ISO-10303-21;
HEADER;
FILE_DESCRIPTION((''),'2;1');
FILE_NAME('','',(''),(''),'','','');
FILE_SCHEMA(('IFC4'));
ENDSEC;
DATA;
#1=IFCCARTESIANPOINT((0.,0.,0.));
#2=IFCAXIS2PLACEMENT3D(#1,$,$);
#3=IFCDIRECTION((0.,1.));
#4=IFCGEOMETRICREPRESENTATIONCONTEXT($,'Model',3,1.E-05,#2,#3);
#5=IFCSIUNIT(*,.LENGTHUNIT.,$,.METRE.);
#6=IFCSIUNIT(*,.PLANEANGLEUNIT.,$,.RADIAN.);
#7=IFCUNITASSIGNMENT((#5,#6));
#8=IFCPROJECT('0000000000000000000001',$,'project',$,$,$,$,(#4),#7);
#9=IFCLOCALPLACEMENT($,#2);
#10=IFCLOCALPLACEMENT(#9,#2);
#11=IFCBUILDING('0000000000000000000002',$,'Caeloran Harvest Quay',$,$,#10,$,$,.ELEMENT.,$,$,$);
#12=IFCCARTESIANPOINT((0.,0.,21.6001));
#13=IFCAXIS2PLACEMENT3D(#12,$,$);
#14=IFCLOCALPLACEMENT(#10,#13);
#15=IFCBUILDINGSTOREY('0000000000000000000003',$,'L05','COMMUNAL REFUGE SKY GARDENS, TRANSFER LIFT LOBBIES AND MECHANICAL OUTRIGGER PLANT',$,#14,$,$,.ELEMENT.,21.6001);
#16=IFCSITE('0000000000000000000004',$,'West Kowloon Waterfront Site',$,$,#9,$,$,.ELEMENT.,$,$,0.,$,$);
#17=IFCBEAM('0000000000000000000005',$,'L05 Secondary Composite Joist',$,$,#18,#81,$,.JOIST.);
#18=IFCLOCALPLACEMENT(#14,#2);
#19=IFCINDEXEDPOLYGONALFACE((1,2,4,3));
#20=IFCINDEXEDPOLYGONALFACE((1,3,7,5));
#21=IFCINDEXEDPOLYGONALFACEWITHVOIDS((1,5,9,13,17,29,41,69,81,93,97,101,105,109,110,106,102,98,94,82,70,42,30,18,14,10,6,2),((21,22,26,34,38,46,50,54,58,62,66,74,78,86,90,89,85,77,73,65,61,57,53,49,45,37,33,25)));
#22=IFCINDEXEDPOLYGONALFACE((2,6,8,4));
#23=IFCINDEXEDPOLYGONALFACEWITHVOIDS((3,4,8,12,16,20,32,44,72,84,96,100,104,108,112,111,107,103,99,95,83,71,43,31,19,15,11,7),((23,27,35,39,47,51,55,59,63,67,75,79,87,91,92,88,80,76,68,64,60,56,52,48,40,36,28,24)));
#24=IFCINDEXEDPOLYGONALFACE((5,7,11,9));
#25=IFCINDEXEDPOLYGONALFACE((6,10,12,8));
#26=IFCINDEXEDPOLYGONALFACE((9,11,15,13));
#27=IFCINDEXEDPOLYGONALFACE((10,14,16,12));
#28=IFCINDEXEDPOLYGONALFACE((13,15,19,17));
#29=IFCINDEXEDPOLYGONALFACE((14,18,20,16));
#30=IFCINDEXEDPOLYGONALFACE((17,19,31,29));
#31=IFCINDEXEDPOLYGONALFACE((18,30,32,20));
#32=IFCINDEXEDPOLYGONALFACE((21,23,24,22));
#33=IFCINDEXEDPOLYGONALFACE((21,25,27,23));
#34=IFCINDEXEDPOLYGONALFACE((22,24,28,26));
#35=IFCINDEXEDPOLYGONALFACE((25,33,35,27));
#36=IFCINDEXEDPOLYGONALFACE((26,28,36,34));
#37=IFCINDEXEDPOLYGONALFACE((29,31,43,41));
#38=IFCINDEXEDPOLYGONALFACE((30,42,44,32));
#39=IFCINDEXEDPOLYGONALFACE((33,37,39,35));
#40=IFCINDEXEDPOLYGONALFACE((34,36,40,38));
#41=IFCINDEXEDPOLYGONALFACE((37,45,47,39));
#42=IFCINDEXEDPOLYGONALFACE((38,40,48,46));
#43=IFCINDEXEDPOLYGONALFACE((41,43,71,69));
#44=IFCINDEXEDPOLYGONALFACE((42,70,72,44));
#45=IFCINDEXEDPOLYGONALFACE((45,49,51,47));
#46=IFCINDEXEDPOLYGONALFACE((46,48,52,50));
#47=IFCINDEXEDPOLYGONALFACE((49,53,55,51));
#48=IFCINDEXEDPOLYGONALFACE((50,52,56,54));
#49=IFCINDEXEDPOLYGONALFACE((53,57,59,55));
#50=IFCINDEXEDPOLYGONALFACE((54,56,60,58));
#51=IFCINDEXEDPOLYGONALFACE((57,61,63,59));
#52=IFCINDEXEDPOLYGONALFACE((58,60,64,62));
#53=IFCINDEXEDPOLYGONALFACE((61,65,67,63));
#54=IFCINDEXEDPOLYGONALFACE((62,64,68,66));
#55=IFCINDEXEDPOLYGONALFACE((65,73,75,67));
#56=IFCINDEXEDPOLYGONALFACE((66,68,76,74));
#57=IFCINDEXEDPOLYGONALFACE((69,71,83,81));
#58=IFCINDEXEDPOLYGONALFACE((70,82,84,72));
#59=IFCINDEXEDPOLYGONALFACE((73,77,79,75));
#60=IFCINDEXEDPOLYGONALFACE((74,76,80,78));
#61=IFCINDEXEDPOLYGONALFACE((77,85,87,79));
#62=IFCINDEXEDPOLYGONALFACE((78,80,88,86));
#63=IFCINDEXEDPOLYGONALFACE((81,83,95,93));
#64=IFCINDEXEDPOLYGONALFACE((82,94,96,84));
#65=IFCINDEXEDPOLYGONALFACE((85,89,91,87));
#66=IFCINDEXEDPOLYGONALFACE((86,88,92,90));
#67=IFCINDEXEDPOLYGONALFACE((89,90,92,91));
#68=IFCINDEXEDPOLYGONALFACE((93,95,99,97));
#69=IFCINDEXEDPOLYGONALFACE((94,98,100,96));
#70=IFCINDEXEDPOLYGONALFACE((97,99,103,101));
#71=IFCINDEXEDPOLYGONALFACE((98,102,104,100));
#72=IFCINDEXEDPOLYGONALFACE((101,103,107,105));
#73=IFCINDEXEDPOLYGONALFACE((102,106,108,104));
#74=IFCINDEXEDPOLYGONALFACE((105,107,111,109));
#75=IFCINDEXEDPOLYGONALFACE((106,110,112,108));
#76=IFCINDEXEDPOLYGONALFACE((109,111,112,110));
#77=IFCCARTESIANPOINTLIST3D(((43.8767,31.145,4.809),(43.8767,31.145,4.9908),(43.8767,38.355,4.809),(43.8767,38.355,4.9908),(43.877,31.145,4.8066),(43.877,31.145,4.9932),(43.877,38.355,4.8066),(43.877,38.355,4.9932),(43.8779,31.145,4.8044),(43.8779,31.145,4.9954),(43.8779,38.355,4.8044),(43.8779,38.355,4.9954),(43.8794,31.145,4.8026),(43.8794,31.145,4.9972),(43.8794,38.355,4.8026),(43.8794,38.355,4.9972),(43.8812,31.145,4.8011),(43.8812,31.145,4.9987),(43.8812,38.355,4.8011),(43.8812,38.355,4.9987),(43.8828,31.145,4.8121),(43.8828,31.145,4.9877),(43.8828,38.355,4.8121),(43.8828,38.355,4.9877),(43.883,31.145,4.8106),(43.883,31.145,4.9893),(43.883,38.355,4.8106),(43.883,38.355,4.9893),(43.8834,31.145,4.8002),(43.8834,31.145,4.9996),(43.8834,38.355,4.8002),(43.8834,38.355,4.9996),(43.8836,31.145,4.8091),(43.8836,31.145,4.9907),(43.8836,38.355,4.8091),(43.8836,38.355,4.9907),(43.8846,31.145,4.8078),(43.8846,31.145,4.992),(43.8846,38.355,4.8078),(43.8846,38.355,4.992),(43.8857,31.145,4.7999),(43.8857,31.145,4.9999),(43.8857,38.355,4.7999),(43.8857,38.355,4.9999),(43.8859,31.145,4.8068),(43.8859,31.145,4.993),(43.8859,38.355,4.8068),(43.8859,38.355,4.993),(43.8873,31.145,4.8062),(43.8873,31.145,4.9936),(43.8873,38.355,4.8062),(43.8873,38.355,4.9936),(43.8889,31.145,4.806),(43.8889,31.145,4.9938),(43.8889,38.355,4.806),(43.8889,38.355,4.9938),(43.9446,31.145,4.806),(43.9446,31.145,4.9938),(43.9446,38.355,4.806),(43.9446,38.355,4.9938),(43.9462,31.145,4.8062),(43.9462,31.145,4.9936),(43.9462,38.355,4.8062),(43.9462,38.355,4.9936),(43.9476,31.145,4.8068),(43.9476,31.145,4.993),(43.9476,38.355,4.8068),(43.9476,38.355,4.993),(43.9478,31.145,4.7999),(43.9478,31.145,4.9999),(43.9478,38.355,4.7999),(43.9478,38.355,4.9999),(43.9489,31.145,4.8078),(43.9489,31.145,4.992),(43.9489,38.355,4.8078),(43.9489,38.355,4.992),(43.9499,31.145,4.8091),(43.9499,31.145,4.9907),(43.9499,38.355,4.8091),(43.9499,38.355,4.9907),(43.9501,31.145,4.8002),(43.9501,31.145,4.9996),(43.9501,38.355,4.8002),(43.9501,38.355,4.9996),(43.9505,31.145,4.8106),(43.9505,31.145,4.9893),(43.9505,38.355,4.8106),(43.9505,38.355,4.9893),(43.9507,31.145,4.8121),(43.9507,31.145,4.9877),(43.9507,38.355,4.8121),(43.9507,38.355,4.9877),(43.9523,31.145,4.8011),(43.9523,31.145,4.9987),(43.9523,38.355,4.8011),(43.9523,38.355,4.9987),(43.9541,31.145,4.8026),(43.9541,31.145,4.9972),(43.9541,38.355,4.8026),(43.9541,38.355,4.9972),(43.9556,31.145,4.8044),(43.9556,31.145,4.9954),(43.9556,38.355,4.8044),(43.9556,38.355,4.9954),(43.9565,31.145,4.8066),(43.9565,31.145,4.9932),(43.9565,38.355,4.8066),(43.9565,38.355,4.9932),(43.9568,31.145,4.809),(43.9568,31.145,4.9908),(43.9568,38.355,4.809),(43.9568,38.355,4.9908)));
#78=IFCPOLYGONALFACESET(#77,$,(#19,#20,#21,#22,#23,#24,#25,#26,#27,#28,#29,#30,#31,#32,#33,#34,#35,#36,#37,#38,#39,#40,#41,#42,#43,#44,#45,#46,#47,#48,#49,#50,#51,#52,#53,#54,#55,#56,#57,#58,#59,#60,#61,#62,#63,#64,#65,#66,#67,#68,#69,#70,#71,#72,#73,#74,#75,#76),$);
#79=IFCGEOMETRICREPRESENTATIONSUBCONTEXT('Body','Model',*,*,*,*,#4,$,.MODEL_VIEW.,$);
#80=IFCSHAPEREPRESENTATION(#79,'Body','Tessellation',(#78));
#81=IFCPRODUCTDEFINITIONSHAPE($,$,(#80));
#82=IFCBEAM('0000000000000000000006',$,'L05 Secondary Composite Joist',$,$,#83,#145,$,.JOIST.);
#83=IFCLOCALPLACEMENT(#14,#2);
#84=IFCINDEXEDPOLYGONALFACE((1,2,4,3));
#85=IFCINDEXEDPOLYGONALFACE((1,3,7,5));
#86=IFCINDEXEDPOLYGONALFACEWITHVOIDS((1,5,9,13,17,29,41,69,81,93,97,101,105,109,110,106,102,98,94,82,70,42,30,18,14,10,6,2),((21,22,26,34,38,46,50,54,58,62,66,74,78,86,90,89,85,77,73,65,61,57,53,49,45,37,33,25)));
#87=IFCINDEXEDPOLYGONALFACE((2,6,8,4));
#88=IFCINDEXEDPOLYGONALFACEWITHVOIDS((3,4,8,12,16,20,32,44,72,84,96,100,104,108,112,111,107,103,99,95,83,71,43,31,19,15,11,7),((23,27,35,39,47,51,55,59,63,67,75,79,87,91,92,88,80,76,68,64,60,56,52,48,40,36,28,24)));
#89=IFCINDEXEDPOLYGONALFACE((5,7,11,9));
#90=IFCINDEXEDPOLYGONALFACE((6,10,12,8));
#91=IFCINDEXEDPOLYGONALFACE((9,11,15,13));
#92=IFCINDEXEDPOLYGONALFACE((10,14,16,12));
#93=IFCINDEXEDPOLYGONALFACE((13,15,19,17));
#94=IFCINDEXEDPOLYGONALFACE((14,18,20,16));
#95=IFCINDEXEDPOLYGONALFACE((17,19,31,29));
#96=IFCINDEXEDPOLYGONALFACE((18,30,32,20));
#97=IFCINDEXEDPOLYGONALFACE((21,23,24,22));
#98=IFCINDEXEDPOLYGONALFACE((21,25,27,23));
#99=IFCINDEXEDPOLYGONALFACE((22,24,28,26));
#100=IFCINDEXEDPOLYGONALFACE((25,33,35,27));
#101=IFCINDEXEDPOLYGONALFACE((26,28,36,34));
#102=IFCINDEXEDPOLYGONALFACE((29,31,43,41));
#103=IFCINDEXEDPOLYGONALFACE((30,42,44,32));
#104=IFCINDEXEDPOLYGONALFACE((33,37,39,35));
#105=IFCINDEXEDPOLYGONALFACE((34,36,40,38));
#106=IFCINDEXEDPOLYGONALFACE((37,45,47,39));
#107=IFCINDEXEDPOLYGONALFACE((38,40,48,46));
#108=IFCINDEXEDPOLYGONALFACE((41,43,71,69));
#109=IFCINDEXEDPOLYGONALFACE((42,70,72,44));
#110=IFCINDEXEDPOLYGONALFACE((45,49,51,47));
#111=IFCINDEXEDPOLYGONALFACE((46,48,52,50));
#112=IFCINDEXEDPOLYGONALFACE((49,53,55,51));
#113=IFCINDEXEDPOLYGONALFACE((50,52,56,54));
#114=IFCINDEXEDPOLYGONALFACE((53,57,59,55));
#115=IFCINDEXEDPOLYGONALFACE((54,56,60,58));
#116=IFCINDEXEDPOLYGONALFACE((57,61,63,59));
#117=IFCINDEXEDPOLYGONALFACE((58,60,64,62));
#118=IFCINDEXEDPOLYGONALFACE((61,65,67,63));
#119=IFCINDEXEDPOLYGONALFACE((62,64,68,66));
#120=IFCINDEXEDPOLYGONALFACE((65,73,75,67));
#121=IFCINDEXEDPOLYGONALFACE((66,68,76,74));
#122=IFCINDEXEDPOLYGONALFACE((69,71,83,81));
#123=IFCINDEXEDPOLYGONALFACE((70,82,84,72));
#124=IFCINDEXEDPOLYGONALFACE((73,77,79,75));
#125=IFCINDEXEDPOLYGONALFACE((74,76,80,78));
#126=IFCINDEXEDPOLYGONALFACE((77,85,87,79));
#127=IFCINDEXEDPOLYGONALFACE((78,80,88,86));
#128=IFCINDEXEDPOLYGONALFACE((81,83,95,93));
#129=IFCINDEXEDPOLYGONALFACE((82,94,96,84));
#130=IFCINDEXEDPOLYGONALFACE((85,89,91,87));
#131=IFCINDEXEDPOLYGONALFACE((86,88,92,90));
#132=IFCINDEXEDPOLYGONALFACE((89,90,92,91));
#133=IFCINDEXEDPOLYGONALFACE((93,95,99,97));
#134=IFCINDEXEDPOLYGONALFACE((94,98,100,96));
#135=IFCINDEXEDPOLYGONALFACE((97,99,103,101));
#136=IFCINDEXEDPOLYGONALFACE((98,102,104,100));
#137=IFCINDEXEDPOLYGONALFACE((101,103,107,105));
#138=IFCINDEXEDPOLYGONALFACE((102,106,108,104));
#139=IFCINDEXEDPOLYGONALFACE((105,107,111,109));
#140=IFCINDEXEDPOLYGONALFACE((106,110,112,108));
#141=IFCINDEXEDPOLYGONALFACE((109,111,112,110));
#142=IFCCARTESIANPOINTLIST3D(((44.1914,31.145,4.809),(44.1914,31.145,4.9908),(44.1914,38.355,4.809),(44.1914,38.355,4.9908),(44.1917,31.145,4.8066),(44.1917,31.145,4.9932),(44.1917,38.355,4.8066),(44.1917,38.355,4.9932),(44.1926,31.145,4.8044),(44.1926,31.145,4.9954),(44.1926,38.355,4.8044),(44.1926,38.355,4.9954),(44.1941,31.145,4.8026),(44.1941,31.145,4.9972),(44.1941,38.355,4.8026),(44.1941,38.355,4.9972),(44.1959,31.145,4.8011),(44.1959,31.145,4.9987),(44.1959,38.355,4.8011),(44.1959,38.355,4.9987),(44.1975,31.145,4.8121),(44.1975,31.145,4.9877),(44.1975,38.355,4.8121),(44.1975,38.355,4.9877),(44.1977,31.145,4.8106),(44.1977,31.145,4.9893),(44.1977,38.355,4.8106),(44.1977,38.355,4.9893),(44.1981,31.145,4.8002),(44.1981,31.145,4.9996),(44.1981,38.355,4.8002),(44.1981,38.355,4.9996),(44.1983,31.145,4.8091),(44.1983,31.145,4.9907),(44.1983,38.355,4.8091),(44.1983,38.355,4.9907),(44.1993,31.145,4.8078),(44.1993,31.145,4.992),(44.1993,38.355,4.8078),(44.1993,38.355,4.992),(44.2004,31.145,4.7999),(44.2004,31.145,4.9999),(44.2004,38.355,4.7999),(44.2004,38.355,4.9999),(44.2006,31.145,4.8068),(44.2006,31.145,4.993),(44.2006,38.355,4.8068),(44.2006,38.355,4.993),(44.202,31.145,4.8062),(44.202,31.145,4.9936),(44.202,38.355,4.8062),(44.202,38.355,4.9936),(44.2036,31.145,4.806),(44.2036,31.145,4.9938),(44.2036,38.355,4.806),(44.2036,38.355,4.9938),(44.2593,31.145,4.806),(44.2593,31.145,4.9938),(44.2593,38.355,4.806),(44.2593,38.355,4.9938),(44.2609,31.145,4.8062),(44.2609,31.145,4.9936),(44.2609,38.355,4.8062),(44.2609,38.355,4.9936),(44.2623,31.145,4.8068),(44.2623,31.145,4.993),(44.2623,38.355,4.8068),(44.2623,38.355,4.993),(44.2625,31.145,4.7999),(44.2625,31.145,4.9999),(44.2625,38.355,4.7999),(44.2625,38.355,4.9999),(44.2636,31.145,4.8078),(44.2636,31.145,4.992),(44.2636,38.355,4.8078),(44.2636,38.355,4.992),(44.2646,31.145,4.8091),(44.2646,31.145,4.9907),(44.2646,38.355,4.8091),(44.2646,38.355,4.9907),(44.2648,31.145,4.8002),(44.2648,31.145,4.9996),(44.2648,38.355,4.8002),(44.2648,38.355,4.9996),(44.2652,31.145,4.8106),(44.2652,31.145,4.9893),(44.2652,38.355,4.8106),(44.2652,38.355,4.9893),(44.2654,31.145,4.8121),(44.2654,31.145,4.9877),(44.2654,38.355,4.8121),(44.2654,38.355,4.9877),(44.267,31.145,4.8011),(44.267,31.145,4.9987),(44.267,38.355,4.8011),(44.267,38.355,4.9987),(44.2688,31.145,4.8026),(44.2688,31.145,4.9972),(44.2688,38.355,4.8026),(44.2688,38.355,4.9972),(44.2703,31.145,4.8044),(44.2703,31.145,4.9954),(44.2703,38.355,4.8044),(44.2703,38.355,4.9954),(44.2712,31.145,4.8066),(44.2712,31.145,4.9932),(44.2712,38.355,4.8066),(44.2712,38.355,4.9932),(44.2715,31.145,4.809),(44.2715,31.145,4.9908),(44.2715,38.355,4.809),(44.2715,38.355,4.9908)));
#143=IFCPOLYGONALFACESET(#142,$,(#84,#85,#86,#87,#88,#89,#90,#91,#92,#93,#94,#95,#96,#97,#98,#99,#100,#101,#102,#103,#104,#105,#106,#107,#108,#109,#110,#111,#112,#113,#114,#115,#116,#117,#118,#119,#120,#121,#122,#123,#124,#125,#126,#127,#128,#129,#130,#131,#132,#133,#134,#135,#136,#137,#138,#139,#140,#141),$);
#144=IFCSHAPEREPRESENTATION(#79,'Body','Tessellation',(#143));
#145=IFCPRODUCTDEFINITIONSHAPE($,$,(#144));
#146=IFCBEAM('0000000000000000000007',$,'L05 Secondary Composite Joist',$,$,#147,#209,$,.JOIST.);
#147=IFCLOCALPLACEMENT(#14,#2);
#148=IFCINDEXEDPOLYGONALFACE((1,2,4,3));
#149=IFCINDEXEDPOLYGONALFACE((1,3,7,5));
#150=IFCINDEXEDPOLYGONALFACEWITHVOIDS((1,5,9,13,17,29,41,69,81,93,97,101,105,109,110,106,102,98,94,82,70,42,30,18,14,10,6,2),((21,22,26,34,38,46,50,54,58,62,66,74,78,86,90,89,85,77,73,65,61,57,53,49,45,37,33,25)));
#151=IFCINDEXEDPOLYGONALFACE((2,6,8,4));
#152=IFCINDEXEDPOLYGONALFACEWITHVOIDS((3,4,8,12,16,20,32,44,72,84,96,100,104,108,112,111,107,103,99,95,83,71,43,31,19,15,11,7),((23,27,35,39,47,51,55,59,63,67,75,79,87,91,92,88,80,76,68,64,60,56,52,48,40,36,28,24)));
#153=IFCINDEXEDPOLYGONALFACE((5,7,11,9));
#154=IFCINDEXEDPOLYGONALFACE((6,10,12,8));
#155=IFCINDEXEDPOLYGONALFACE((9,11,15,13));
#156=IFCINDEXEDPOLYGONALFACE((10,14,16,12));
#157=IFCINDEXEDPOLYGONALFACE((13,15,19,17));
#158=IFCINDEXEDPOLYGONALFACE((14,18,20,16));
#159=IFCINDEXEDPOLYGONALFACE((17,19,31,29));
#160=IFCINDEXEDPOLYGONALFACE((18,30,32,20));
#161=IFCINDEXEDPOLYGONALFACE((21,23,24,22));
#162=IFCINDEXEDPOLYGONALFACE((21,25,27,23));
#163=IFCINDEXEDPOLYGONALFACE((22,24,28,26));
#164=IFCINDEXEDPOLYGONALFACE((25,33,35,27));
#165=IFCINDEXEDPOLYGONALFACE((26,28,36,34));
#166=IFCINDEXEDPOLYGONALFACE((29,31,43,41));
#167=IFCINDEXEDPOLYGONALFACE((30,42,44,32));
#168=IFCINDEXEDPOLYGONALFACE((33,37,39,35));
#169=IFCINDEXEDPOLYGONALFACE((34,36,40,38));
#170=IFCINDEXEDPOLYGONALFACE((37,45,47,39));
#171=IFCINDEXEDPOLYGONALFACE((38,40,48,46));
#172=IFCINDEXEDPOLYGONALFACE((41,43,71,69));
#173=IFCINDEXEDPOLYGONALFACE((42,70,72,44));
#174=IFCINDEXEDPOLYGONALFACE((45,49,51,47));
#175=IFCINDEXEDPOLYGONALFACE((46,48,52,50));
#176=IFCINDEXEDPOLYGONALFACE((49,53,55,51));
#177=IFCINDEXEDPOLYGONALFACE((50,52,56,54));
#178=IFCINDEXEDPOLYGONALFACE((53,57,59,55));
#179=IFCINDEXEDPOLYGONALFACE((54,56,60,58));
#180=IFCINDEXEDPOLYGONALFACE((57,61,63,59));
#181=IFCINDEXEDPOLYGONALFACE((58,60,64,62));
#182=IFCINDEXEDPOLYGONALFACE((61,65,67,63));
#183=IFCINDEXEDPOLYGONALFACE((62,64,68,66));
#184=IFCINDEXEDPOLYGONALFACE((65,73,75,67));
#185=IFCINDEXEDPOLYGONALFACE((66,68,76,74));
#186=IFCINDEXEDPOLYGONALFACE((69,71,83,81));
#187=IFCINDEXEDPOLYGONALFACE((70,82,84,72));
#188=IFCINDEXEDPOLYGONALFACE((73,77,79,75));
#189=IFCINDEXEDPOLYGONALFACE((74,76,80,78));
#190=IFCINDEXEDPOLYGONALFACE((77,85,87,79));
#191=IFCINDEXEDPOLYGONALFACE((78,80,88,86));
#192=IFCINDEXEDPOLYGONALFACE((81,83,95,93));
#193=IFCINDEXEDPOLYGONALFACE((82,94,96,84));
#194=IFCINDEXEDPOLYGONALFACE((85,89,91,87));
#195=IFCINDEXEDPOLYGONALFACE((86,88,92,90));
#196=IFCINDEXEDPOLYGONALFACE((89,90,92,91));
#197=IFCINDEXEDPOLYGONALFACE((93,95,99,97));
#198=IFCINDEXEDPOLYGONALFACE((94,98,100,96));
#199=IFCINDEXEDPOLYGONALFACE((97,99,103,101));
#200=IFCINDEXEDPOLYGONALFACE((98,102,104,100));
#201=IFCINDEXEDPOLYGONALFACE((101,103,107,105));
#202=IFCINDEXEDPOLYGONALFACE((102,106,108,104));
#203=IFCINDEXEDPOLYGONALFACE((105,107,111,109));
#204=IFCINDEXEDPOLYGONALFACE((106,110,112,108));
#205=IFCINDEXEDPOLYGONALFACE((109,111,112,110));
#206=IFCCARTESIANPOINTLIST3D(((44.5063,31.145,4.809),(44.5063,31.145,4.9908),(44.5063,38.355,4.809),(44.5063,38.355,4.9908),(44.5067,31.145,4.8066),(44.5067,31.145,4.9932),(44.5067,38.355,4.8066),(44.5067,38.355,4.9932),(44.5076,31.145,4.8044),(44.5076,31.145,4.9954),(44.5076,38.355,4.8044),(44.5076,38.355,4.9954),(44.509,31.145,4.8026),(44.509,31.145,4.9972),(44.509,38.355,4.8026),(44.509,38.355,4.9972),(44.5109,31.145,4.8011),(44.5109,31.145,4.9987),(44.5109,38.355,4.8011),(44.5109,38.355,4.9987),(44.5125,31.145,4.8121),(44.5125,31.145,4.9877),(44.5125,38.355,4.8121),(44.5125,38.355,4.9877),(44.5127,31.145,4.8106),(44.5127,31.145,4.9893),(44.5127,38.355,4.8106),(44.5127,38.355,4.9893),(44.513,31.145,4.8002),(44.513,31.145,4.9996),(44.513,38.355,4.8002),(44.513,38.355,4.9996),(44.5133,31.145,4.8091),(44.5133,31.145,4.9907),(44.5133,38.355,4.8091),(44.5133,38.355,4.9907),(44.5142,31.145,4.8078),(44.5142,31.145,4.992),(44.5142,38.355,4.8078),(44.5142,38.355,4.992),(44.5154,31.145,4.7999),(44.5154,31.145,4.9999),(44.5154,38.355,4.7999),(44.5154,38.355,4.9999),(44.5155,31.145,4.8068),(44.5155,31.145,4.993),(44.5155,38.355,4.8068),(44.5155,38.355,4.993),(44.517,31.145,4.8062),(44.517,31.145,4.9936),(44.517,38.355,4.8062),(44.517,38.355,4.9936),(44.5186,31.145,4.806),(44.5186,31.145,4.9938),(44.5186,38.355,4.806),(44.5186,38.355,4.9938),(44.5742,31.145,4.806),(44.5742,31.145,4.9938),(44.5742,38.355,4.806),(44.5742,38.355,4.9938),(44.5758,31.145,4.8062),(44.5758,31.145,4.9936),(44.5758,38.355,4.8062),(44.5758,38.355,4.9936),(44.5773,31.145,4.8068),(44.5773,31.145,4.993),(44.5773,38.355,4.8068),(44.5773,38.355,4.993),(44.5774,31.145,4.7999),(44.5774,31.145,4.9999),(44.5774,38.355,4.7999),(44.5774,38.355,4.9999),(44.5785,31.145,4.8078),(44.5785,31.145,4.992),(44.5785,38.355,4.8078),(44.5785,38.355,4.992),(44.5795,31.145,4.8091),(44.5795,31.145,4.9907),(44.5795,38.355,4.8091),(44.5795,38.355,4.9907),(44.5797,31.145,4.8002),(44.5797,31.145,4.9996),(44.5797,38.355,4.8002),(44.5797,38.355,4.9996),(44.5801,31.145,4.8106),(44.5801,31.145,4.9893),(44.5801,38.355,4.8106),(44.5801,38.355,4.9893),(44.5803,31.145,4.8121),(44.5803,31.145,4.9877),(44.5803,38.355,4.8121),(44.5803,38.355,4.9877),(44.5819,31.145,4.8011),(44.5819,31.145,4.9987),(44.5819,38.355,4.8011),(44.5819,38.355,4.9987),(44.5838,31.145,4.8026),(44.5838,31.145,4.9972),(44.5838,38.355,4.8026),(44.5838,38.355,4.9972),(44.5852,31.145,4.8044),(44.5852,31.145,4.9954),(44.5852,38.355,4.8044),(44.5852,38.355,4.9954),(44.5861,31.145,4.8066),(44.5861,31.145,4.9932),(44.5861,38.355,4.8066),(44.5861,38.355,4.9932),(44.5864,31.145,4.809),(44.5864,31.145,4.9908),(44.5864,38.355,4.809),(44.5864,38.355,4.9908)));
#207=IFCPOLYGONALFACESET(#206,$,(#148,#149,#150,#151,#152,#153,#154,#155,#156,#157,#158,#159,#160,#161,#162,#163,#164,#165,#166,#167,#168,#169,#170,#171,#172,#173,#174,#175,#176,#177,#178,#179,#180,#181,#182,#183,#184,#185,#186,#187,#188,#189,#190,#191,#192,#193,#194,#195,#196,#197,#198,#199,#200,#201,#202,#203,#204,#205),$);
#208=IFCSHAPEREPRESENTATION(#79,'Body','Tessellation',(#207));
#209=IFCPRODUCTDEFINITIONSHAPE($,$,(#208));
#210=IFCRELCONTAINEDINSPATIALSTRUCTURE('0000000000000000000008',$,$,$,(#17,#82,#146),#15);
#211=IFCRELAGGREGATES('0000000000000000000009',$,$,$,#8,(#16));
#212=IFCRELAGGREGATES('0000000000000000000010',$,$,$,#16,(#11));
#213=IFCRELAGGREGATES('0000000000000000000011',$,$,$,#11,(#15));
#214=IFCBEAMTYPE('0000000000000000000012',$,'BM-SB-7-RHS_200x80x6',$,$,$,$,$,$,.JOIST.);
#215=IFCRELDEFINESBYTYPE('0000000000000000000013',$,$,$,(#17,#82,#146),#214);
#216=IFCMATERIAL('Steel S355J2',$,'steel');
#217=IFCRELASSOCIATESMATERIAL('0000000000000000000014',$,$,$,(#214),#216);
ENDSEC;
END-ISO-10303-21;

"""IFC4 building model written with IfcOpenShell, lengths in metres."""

from ifc_helpers import new_model, si_unit, direction, frame, origin, origin_2d, place, context, subcontext, project, spatial, hollow_rectangle, extrude, material, material_profile, profile_set, type_object, element, save


model = new_model("IFC4")

# Units and contexts
model_context = context("Model", 3, precision=1e-05, world=origin(), true_north=direction((0.0, 1.0)))
body_context = subcontext(model_context, "Body", "Model", "MODEL_VIEW")
ifc_project = project(units=[si_unit("LENGTHUNIT", "METRE"), si_unit("PLANEANGLEUNIT", "RADIAN")], contexts=[model_context])

# Site, building, storey
site_placement = place(None, origin())
site = spatial("IfcSite", under=ifc_project, at=site_placement, Name="West Kowloon Waterfront Site", CompositionType="ELEMENT", RefElevation=0.0)
building_placement = place(site_placement, origin())
building = spatial("IfcBuilding", under=site, at=building_placement, Name="Caeloran Harvest Quay", CompositionType="ELEMENT")
storey_placement = place(building_placement, frame((0.0, 0.0, 21.6001)))
storey = spatial("IfcBuildingStorey", under=building, at=storey_placement, Name="L05", Description="COMMUNAL REFUGE SKY GARDENS, TRANSFER LIFT LOBBIES AND MECHANICAL OUTRIGGER PLANT", CompositionType="ELEMENT", Elevation=21.6001)

# Beams
ifc_material_1 = material(Name="Steel S355J2", Category="steel")
ifc_material_profile_1 = material_profile(ifc_material_1, hollow_rectangle(XDim=0.0801, YDim=0.2, WallThickness=0.0061, InnerFilletRadius=0.0061, OuterFilletRadius=0.009, at=origin_2d()), Name="RHS 200x80x6")
ifc_profile_set_1 = profile_set([ifc_material_profile_1], Name="Steel S355J2")
beam_type_1 = type_object("IfcBeamType", Name="BM-SB-7-RHS_200x80x6", PredefinedType="JOIST", material=ifc_profile_set_1)
for number, where, z_axis, x_axis, name in (
    (1, (43.9167, 31.145, 4.8999), (0.0, 1.0, 0.0), (-1.0, 0.0, 0.0), "L05 Secondary Composite Joist"),
    (2, (44.2314, 31.145, 4.8999), (0.0, 1.0, 0.0), (-1.0, 0.0, 0.0), "L05 Secondary Composite Joist"),
    (3, (44.5464, 31.145, 4.8999), (0.0, 1.0, 0.0), (-1.0, 0.0, 0.0), "L05 Secondary Composite Joist"),
):
    element("IfcBeam", number, at=place(storey_placement, frame(where, z_axis=z_axis, x_axis=x_axis)), inside=storey, type_object=beam_type_1, Name=name, PredefinedType="JOIST", context=body_context, shape_type="SweptSolid", body=[
        extrude(hollow_rectangle(XDim=0.0801, YDim=0.2, WallThickness=0.0061, InnerFilletRadius=0.0061, OuterFilletRadius=0.009, at=origin_2d()), origin(), (0.0, 0.0, 1.0), 7.21),
    ])

save(model, "model.ifc")
